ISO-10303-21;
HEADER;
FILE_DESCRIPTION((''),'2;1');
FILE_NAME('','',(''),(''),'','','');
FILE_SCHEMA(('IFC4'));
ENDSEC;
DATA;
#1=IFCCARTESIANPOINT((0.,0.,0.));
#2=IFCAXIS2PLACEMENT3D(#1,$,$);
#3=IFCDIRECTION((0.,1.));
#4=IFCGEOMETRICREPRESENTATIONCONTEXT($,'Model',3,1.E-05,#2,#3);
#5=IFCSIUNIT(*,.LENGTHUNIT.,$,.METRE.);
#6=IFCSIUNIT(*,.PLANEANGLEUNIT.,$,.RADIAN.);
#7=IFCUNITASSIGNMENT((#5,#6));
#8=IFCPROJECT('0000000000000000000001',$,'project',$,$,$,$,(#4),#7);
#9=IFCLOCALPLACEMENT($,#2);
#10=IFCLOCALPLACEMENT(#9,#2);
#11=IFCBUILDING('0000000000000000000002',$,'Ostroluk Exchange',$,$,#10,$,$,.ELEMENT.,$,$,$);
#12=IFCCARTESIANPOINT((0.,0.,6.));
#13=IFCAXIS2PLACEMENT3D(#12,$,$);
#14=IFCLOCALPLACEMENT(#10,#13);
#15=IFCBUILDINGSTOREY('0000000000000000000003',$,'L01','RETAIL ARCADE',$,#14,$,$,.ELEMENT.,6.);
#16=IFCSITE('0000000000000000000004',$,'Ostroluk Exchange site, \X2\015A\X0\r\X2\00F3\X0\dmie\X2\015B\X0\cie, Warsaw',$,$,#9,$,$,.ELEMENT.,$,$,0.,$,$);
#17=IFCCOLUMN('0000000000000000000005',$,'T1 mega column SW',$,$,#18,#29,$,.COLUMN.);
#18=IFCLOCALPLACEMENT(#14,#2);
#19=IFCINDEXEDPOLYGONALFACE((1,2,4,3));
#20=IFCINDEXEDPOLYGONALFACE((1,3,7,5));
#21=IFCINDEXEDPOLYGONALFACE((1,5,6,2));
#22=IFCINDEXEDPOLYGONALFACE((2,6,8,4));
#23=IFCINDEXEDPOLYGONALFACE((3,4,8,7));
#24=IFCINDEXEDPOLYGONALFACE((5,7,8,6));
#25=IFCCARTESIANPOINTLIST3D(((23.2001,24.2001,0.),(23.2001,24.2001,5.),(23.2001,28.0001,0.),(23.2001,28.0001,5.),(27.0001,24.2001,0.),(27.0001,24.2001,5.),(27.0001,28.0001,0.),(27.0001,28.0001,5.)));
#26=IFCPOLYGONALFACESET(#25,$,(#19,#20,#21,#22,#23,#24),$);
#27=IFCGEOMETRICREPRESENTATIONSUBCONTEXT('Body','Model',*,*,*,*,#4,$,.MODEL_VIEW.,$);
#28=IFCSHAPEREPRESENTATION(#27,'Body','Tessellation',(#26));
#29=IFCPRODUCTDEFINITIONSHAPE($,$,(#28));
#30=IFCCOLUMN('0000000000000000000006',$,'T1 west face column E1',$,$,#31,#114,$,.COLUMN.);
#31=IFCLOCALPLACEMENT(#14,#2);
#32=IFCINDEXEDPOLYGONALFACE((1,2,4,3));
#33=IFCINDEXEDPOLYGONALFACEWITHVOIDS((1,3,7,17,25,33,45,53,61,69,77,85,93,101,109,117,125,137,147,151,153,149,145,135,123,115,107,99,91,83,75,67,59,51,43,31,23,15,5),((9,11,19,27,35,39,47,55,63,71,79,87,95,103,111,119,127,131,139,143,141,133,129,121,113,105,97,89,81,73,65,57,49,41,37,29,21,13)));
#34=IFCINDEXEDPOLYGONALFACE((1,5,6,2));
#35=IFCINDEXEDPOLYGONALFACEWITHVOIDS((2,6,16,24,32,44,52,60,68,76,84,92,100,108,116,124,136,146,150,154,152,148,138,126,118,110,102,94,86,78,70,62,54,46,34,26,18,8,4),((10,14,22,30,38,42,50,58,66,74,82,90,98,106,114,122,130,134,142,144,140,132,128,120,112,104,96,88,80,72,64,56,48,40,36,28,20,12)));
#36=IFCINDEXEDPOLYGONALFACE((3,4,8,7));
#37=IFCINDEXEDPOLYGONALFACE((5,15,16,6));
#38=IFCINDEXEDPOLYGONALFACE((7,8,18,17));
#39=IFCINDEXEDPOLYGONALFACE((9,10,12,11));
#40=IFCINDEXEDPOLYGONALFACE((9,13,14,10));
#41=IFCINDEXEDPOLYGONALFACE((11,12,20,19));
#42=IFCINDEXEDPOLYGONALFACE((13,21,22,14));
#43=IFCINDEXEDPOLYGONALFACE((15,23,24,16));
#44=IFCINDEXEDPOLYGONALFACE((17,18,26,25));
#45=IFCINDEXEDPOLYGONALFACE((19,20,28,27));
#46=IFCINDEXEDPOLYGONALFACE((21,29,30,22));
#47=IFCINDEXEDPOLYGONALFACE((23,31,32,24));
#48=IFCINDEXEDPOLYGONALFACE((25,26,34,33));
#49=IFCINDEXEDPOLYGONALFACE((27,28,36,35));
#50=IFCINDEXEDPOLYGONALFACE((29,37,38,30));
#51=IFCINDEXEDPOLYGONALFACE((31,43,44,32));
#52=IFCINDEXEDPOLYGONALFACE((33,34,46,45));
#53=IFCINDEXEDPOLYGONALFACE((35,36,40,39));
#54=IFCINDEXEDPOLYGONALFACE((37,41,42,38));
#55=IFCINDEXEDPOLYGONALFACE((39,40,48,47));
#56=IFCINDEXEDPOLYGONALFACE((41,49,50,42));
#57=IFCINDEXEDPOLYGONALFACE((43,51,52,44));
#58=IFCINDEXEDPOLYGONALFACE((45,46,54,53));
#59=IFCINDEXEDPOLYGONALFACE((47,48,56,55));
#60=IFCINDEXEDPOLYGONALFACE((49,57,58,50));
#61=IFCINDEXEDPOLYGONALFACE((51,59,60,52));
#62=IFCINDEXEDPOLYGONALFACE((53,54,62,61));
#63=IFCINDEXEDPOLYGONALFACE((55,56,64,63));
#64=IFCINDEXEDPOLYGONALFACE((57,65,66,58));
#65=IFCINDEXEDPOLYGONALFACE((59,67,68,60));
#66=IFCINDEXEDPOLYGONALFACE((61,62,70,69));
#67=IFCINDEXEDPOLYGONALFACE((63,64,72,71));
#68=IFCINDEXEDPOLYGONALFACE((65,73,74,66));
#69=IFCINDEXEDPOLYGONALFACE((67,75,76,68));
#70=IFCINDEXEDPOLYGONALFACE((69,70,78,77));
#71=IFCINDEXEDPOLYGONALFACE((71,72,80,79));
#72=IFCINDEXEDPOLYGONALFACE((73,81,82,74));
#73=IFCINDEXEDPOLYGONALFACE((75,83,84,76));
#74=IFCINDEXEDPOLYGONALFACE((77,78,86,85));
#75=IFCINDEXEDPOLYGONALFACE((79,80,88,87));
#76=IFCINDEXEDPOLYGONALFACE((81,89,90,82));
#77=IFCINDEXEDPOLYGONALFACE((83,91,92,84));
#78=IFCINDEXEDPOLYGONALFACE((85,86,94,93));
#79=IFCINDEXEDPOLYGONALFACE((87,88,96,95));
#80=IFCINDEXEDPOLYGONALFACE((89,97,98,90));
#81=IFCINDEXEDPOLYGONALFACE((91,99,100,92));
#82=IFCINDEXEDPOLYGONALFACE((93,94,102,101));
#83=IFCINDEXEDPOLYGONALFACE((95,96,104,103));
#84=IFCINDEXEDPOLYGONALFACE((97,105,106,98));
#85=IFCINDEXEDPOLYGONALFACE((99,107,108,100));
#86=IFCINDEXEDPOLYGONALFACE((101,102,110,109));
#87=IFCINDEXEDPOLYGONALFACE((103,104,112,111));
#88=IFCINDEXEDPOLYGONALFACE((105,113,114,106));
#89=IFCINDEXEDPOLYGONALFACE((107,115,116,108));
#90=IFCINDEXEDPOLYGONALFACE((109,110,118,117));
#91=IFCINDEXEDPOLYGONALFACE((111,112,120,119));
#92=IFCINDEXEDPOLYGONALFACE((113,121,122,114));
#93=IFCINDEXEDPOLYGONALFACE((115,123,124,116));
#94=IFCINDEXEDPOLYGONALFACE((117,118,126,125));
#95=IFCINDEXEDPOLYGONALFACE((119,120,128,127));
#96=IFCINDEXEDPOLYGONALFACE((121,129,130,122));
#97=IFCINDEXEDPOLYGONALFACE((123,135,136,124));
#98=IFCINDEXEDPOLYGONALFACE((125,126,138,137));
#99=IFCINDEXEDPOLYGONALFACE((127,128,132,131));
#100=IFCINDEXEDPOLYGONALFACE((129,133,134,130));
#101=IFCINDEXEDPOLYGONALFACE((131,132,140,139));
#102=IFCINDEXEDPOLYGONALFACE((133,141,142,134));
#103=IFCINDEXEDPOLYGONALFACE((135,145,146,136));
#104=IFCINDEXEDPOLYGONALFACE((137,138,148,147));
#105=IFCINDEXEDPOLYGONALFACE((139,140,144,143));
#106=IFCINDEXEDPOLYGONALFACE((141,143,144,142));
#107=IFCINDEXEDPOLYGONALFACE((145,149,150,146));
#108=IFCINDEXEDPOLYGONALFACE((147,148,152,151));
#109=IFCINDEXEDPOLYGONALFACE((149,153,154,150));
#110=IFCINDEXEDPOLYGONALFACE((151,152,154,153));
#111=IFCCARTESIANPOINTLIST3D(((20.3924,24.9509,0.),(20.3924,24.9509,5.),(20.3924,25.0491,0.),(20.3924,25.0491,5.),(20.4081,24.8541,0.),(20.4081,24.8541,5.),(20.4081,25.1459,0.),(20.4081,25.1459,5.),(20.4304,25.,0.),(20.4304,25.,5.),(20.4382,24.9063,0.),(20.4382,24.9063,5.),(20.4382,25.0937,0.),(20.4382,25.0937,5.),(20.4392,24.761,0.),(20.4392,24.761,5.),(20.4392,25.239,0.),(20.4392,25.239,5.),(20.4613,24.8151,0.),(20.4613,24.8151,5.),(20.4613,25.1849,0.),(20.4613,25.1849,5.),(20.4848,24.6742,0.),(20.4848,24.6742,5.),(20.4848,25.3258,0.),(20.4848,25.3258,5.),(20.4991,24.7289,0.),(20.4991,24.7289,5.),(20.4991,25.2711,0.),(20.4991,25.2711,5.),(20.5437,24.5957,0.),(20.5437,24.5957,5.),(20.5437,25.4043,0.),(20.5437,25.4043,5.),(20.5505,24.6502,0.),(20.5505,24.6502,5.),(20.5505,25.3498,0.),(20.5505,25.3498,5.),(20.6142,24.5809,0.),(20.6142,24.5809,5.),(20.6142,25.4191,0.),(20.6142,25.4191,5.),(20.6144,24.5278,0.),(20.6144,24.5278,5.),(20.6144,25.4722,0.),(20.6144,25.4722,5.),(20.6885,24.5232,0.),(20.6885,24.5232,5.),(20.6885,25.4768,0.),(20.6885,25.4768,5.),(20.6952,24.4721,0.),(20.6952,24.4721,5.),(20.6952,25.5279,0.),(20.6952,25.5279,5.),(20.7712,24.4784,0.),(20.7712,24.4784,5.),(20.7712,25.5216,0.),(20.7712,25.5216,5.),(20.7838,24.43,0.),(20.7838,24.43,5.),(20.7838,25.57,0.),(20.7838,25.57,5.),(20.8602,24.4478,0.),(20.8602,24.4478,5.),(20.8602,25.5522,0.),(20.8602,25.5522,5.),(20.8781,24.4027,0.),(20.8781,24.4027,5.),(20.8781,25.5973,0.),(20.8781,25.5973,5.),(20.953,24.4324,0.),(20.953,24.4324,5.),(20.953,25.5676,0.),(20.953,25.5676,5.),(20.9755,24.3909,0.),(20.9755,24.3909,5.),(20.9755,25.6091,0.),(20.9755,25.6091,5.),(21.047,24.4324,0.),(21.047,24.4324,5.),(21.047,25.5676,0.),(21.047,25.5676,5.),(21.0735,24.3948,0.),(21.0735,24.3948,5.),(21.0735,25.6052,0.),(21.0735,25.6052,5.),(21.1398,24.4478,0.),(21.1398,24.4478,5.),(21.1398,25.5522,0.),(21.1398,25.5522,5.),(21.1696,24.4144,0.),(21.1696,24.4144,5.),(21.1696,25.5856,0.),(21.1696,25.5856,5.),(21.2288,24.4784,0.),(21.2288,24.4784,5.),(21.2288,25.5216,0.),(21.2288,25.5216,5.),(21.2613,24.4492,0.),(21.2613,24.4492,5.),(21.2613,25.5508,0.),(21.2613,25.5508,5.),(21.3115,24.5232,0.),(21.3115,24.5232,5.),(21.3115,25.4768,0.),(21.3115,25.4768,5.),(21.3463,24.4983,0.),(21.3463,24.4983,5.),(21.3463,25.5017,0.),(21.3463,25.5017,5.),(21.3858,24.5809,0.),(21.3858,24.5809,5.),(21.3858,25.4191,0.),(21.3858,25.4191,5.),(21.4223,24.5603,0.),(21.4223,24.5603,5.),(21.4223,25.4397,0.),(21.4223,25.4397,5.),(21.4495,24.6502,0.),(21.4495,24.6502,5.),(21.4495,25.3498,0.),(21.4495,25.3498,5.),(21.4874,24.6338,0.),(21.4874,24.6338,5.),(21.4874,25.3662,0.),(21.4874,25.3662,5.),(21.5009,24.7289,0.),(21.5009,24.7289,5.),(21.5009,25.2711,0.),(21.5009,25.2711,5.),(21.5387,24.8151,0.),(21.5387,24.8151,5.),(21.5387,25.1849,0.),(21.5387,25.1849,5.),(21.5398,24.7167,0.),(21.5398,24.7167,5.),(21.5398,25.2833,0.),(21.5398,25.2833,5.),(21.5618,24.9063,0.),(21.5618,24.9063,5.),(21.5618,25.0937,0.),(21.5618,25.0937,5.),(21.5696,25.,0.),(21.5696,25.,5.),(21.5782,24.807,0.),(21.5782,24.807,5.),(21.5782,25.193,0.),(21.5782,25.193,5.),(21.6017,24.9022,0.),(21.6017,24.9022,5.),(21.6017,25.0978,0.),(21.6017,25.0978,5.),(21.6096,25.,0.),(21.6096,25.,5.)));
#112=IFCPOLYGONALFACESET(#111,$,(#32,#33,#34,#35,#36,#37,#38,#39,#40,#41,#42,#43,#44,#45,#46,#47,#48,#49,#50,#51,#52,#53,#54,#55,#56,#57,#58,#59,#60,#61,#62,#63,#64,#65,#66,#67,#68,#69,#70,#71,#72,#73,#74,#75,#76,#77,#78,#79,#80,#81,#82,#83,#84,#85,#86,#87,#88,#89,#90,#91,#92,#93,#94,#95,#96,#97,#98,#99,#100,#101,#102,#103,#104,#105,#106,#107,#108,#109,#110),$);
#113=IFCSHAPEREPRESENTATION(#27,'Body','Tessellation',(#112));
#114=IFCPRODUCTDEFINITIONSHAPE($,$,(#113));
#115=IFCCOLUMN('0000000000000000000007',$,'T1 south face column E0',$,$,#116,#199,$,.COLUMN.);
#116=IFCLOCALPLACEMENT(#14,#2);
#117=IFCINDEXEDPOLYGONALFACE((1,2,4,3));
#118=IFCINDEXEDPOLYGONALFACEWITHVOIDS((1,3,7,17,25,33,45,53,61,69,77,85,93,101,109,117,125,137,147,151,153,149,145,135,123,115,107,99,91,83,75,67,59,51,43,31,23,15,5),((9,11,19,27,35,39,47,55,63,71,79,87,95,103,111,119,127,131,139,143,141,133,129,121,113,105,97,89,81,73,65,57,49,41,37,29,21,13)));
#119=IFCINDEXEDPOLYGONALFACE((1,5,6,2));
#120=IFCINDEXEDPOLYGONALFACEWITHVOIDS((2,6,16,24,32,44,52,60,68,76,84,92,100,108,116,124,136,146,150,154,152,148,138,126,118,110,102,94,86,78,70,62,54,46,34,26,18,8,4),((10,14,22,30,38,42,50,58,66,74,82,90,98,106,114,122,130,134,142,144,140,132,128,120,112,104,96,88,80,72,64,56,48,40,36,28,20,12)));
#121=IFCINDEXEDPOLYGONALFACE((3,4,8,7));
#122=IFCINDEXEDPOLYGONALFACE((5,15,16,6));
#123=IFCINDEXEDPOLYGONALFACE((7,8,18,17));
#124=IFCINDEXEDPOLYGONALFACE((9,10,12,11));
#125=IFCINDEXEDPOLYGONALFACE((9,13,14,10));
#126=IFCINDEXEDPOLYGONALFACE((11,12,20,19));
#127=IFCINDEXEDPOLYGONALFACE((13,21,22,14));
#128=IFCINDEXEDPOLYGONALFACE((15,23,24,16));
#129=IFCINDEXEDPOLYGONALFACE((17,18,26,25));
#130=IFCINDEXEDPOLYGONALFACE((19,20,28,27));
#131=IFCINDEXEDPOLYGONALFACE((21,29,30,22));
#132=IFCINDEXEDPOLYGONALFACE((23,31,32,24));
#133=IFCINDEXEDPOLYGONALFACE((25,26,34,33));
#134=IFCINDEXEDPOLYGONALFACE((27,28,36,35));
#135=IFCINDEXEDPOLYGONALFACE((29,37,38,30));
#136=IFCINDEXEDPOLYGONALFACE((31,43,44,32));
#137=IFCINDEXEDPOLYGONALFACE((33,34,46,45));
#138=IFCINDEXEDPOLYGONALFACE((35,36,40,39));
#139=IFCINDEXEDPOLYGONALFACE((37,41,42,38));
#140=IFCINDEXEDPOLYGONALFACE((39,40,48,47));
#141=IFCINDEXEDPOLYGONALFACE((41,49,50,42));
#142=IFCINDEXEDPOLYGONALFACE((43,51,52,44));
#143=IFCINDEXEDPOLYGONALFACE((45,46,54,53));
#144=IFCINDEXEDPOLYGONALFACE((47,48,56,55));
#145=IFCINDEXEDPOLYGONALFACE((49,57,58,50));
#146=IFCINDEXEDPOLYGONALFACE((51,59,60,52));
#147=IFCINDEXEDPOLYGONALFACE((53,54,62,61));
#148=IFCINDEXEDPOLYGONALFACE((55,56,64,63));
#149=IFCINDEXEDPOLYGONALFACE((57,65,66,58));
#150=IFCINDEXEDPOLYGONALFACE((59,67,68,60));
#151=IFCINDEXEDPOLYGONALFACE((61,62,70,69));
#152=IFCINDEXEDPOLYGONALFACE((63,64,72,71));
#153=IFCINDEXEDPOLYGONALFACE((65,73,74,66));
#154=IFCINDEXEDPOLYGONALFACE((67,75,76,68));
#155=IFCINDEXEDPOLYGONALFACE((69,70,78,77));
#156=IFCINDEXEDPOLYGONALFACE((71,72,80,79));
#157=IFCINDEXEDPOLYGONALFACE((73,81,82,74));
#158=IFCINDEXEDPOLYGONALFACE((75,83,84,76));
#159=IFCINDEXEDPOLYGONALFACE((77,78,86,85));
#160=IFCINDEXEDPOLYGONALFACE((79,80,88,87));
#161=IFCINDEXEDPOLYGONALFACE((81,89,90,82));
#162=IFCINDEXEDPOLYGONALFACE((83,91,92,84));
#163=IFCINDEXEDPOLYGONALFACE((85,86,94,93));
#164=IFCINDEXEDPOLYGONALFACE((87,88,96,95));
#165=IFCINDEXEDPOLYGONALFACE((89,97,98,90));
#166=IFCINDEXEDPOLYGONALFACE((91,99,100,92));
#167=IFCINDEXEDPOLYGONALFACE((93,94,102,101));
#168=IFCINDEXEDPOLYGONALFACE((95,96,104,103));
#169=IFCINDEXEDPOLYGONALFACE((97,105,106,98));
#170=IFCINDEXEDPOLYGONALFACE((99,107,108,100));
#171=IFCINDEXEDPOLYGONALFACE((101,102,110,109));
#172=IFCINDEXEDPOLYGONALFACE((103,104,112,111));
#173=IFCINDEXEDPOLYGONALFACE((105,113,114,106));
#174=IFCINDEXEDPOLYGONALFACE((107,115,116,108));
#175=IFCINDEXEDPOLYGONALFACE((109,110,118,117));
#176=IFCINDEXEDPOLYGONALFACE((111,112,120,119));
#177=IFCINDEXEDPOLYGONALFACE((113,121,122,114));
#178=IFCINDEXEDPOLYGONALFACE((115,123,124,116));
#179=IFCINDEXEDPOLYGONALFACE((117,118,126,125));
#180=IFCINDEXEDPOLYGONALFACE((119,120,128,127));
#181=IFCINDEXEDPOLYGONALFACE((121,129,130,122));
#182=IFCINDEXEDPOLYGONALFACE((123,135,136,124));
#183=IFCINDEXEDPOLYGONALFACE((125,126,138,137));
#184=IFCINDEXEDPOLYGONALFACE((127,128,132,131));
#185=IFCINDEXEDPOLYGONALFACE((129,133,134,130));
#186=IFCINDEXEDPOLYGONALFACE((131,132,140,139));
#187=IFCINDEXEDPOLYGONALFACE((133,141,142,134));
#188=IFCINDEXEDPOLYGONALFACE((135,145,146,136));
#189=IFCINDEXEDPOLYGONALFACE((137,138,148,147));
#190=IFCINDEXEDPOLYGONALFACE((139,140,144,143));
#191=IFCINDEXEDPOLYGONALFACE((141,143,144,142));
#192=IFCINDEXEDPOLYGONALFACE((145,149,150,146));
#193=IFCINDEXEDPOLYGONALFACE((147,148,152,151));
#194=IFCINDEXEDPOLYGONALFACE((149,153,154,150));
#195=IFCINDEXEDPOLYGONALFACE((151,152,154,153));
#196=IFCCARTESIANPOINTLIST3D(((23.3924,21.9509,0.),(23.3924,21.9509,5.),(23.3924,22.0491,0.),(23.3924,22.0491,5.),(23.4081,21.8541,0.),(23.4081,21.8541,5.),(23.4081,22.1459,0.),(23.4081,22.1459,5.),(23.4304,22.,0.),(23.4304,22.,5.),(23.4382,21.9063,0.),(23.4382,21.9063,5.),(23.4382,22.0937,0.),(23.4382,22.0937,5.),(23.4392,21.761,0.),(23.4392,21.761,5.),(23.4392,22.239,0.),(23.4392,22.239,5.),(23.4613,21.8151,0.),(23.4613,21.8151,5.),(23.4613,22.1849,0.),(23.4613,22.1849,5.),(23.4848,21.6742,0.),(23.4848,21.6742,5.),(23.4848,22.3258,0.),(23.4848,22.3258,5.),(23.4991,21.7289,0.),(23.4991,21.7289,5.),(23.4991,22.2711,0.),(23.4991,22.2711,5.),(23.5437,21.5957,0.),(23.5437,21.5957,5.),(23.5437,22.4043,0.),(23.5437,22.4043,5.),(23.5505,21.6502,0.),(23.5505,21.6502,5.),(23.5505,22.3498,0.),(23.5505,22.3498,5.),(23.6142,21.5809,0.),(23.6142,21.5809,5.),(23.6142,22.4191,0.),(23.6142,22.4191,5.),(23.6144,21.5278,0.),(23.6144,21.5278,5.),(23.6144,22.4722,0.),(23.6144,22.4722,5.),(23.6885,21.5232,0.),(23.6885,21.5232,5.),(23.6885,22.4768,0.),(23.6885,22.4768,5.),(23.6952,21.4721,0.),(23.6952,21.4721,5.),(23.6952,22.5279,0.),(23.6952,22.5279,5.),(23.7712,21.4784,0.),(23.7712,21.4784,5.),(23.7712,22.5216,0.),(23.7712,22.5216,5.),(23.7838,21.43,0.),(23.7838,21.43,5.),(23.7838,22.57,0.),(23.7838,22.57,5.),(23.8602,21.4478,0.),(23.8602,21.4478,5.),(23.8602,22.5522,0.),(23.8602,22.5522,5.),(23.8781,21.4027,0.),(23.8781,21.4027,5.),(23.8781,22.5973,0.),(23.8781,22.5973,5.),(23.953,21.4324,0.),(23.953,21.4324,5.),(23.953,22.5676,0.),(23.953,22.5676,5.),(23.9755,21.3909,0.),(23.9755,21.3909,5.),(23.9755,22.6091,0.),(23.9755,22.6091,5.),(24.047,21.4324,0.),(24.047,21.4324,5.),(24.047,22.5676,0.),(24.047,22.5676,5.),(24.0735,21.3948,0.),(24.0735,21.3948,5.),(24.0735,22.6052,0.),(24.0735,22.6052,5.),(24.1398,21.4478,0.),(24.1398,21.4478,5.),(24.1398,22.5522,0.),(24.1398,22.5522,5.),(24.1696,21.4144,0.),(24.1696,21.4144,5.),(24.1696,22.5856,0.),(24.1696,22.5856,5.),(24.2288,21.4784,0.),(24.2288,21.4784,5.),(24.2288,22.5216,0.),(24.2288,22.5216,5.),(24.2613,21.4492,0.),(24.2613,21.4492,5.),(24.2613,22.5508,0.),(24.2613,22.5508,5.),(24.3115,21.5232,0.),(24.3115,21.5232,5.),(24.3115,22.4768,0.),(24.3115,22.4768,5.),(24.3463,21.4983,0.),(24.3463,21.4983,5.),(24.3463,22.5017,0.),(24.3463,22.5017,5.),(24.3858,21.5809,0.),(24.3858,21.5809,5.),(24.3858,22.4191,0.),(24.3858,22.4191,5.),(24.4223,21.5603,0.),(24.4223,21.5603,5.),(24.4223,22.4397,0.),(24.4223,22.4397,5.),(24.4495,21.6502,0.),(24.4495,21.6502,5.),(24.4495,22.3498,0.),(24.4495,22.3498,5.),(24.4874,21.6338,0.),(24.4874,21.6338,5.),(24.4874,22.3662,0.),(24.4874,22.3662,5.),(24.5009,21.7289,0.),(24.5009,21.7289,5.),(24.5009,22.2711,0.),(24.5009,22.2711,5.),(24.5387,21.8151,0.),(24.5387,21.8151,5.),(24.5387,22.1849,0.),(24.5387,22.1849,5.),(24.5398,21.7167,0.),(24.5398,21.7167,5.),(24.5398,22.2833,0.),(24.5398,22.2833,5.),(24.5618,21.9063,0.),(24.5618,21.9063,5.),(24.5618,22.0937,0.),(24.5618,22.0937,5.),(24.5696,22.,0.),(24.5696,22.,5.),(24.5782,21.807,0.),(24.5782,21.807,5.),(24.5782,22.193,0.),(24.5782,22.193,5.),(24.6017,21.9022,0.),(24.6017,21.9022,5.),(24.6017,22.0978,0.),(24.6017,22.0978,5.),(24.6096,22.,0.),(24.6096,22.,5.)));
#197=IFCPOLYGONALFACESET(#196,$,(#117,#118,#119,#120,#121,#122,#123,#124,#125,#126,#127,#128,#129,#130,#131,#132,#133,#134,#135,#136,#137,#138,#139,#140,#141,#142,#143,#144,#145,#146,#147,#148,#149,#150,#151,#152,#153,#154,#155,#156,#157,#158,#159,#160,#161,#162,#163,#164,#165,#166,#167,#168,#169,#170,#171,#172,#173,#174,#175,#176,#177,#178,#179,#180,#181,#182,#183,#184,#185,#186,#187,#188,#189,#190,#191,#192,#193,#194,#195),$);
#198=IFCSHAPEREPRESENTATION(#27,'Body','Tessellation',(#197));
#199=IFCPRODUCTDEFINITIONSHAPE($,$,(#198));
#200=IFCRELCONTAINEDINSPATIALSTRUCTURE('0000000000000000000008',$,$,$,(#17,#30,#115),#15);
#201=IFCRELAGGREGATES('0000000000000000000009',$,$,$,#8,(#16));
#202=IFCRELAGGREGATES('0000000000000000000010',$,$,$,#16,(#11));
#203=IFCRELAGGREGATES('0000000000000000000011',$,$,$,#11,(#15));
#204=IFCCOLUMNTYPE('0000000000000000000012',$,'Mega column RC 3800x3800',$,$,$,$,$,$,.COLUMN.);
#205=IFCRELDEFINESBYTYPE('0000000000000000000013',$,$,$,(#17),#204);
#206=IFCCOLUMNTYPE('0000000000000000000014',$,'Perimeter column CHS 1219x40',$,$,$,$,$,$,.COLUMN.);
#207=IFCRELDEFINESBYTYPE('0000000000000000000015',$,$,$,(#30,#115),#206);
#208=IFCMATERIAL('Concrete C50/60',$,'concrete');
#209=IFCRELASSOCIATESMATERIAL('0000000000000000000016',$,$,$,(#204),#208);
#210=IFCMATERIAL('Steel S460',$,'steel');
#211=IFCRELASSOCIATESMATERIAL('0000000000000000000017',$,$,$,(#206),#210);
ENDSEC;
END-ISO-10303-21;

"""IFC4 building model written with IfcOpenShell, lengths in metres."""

from ifc_helpers import new_model, si_unit, direction, frame, origin, origin_2d, place, context, subcontext, project, spatial, rectangle, hollow_circle, extrude, material, material_profile, profile_set, type_object, element, save


model = new_model("IFC4")

# Units and contexts
model_context = context("Model", 3, precision=1e-05, world=origin(), true_north=direction((0.0, 1.0)))
body_context = subcontext(model_context, "Body", "Model", "MODEL_VIEW")
ifc_project = project(units=[si_unit("LENGTHUNIT", "METRE"), si_unit("PLANEANGLEUNIT", "RADIAN")], contexts=[model_context])

# Site, building, storey
site_placement = place(None, origin())
site = spatial("IfcSite", under=ifc_project, at=site_placement, Name="Ostroluk Exchange site, Śródmieście, Warsaw", CompositionType="ELEMENT", RefElevation=0.0)
building_placement = place(site_placement, origin())
building = spatial("IfcBuilding", under=site, at=building_placement, Name="Ostroluk Exchange", CompositionType="ELEMENT")
storey_placement = place(building_placement, frame((0.0, 0.0, 6.0)))
storey = spatial("IfcBuildingStorey", under=building, at=storey_placement, Name="L01", Description="RETAIL ARCADE", CompositionType="ELEMENT", Elevation=6.0)

# Columns
ifc_material_1 = material(Name="Concrete C50/60", Category="concrete")
ifc_material_profile_1 = material_profile(ifc_material_1, rectangle(XDim=3.8, YDim=3.8, at=origin_2d()), Name="RC 3800x3800")
ifc_profile_set_1 = profile_set([ifc_material_profile_1], Name="Concrete C50/60")
column_type_1 = type_object("IfcColumnType", Name="Mega column RC 3800x3800", PredefinedType="COLUMN", material=ifc_profile_set_1)
column_placement = place(storey_placement, frame((25.1001, 26.1001, 0.0), z_axis=(0.0, 0.0, 1.0), x_axis=(1.0, 0.0, 0.0)))
element("IfcColumn", 1, at=column_placement, inside=storey, type_object=column_type_1, Name="T1 mega column SW", PredefinedType="COLUMN", context=body_context, shape_type="SweptSolid", body=[
    extrude(rectangle(XDim=3.8, YDim=3.8, at=origin_2d()), origin(), (0.0, 0.0, 1.0), 5.0),
])
ifc_material_2 = material(Name="Steel S460", Category="steel")
ifc_material_profile_2 = material_profile(ifc_material_2, hollow_circle(Radius=0.6096, WallThickness=0.04, at=origin_2d()), Name="CHS 1219x40")
ifc_profile_set_2 = profile_set([ifc_material_profile_2], Name="Steel S460")
column_type_2 = type_object("IfcColumnType", Name="Perimeter column CHS 1219x40", PredefinedType="COLUMN", material=ifc_profile_set_2)
for number, where, z_axis, x_axis, name in (
    (2, (21.0, 25.0, 0.0), (0.0, 0.0, 1.0), (1.0, 0.0, 0.0), "T1 west face column E1"),
    (3, (24.0, 22.0, 0.0), (0.0, 0.0, 1.0), (1.0, 0.0, 0.0), "T1 south face column E0"),
):
    element("IfcColumn", number, at=place(storey_placement, frame(where, z_axis=z_axis, x_axis=x_axis)), inside=storey, type_object=column_type_2, Name=name, PredefinedType="COLUMN", context=body_context, shape_type="SweptSolid", body=[
        extrude(hollow_circle(Radius=0.6096, WallThickness=0.04, at=origin_2d()), origin(), (0.0, 0.0, 1.0), 5.0),
    ])

save(model, "model.ifc")
